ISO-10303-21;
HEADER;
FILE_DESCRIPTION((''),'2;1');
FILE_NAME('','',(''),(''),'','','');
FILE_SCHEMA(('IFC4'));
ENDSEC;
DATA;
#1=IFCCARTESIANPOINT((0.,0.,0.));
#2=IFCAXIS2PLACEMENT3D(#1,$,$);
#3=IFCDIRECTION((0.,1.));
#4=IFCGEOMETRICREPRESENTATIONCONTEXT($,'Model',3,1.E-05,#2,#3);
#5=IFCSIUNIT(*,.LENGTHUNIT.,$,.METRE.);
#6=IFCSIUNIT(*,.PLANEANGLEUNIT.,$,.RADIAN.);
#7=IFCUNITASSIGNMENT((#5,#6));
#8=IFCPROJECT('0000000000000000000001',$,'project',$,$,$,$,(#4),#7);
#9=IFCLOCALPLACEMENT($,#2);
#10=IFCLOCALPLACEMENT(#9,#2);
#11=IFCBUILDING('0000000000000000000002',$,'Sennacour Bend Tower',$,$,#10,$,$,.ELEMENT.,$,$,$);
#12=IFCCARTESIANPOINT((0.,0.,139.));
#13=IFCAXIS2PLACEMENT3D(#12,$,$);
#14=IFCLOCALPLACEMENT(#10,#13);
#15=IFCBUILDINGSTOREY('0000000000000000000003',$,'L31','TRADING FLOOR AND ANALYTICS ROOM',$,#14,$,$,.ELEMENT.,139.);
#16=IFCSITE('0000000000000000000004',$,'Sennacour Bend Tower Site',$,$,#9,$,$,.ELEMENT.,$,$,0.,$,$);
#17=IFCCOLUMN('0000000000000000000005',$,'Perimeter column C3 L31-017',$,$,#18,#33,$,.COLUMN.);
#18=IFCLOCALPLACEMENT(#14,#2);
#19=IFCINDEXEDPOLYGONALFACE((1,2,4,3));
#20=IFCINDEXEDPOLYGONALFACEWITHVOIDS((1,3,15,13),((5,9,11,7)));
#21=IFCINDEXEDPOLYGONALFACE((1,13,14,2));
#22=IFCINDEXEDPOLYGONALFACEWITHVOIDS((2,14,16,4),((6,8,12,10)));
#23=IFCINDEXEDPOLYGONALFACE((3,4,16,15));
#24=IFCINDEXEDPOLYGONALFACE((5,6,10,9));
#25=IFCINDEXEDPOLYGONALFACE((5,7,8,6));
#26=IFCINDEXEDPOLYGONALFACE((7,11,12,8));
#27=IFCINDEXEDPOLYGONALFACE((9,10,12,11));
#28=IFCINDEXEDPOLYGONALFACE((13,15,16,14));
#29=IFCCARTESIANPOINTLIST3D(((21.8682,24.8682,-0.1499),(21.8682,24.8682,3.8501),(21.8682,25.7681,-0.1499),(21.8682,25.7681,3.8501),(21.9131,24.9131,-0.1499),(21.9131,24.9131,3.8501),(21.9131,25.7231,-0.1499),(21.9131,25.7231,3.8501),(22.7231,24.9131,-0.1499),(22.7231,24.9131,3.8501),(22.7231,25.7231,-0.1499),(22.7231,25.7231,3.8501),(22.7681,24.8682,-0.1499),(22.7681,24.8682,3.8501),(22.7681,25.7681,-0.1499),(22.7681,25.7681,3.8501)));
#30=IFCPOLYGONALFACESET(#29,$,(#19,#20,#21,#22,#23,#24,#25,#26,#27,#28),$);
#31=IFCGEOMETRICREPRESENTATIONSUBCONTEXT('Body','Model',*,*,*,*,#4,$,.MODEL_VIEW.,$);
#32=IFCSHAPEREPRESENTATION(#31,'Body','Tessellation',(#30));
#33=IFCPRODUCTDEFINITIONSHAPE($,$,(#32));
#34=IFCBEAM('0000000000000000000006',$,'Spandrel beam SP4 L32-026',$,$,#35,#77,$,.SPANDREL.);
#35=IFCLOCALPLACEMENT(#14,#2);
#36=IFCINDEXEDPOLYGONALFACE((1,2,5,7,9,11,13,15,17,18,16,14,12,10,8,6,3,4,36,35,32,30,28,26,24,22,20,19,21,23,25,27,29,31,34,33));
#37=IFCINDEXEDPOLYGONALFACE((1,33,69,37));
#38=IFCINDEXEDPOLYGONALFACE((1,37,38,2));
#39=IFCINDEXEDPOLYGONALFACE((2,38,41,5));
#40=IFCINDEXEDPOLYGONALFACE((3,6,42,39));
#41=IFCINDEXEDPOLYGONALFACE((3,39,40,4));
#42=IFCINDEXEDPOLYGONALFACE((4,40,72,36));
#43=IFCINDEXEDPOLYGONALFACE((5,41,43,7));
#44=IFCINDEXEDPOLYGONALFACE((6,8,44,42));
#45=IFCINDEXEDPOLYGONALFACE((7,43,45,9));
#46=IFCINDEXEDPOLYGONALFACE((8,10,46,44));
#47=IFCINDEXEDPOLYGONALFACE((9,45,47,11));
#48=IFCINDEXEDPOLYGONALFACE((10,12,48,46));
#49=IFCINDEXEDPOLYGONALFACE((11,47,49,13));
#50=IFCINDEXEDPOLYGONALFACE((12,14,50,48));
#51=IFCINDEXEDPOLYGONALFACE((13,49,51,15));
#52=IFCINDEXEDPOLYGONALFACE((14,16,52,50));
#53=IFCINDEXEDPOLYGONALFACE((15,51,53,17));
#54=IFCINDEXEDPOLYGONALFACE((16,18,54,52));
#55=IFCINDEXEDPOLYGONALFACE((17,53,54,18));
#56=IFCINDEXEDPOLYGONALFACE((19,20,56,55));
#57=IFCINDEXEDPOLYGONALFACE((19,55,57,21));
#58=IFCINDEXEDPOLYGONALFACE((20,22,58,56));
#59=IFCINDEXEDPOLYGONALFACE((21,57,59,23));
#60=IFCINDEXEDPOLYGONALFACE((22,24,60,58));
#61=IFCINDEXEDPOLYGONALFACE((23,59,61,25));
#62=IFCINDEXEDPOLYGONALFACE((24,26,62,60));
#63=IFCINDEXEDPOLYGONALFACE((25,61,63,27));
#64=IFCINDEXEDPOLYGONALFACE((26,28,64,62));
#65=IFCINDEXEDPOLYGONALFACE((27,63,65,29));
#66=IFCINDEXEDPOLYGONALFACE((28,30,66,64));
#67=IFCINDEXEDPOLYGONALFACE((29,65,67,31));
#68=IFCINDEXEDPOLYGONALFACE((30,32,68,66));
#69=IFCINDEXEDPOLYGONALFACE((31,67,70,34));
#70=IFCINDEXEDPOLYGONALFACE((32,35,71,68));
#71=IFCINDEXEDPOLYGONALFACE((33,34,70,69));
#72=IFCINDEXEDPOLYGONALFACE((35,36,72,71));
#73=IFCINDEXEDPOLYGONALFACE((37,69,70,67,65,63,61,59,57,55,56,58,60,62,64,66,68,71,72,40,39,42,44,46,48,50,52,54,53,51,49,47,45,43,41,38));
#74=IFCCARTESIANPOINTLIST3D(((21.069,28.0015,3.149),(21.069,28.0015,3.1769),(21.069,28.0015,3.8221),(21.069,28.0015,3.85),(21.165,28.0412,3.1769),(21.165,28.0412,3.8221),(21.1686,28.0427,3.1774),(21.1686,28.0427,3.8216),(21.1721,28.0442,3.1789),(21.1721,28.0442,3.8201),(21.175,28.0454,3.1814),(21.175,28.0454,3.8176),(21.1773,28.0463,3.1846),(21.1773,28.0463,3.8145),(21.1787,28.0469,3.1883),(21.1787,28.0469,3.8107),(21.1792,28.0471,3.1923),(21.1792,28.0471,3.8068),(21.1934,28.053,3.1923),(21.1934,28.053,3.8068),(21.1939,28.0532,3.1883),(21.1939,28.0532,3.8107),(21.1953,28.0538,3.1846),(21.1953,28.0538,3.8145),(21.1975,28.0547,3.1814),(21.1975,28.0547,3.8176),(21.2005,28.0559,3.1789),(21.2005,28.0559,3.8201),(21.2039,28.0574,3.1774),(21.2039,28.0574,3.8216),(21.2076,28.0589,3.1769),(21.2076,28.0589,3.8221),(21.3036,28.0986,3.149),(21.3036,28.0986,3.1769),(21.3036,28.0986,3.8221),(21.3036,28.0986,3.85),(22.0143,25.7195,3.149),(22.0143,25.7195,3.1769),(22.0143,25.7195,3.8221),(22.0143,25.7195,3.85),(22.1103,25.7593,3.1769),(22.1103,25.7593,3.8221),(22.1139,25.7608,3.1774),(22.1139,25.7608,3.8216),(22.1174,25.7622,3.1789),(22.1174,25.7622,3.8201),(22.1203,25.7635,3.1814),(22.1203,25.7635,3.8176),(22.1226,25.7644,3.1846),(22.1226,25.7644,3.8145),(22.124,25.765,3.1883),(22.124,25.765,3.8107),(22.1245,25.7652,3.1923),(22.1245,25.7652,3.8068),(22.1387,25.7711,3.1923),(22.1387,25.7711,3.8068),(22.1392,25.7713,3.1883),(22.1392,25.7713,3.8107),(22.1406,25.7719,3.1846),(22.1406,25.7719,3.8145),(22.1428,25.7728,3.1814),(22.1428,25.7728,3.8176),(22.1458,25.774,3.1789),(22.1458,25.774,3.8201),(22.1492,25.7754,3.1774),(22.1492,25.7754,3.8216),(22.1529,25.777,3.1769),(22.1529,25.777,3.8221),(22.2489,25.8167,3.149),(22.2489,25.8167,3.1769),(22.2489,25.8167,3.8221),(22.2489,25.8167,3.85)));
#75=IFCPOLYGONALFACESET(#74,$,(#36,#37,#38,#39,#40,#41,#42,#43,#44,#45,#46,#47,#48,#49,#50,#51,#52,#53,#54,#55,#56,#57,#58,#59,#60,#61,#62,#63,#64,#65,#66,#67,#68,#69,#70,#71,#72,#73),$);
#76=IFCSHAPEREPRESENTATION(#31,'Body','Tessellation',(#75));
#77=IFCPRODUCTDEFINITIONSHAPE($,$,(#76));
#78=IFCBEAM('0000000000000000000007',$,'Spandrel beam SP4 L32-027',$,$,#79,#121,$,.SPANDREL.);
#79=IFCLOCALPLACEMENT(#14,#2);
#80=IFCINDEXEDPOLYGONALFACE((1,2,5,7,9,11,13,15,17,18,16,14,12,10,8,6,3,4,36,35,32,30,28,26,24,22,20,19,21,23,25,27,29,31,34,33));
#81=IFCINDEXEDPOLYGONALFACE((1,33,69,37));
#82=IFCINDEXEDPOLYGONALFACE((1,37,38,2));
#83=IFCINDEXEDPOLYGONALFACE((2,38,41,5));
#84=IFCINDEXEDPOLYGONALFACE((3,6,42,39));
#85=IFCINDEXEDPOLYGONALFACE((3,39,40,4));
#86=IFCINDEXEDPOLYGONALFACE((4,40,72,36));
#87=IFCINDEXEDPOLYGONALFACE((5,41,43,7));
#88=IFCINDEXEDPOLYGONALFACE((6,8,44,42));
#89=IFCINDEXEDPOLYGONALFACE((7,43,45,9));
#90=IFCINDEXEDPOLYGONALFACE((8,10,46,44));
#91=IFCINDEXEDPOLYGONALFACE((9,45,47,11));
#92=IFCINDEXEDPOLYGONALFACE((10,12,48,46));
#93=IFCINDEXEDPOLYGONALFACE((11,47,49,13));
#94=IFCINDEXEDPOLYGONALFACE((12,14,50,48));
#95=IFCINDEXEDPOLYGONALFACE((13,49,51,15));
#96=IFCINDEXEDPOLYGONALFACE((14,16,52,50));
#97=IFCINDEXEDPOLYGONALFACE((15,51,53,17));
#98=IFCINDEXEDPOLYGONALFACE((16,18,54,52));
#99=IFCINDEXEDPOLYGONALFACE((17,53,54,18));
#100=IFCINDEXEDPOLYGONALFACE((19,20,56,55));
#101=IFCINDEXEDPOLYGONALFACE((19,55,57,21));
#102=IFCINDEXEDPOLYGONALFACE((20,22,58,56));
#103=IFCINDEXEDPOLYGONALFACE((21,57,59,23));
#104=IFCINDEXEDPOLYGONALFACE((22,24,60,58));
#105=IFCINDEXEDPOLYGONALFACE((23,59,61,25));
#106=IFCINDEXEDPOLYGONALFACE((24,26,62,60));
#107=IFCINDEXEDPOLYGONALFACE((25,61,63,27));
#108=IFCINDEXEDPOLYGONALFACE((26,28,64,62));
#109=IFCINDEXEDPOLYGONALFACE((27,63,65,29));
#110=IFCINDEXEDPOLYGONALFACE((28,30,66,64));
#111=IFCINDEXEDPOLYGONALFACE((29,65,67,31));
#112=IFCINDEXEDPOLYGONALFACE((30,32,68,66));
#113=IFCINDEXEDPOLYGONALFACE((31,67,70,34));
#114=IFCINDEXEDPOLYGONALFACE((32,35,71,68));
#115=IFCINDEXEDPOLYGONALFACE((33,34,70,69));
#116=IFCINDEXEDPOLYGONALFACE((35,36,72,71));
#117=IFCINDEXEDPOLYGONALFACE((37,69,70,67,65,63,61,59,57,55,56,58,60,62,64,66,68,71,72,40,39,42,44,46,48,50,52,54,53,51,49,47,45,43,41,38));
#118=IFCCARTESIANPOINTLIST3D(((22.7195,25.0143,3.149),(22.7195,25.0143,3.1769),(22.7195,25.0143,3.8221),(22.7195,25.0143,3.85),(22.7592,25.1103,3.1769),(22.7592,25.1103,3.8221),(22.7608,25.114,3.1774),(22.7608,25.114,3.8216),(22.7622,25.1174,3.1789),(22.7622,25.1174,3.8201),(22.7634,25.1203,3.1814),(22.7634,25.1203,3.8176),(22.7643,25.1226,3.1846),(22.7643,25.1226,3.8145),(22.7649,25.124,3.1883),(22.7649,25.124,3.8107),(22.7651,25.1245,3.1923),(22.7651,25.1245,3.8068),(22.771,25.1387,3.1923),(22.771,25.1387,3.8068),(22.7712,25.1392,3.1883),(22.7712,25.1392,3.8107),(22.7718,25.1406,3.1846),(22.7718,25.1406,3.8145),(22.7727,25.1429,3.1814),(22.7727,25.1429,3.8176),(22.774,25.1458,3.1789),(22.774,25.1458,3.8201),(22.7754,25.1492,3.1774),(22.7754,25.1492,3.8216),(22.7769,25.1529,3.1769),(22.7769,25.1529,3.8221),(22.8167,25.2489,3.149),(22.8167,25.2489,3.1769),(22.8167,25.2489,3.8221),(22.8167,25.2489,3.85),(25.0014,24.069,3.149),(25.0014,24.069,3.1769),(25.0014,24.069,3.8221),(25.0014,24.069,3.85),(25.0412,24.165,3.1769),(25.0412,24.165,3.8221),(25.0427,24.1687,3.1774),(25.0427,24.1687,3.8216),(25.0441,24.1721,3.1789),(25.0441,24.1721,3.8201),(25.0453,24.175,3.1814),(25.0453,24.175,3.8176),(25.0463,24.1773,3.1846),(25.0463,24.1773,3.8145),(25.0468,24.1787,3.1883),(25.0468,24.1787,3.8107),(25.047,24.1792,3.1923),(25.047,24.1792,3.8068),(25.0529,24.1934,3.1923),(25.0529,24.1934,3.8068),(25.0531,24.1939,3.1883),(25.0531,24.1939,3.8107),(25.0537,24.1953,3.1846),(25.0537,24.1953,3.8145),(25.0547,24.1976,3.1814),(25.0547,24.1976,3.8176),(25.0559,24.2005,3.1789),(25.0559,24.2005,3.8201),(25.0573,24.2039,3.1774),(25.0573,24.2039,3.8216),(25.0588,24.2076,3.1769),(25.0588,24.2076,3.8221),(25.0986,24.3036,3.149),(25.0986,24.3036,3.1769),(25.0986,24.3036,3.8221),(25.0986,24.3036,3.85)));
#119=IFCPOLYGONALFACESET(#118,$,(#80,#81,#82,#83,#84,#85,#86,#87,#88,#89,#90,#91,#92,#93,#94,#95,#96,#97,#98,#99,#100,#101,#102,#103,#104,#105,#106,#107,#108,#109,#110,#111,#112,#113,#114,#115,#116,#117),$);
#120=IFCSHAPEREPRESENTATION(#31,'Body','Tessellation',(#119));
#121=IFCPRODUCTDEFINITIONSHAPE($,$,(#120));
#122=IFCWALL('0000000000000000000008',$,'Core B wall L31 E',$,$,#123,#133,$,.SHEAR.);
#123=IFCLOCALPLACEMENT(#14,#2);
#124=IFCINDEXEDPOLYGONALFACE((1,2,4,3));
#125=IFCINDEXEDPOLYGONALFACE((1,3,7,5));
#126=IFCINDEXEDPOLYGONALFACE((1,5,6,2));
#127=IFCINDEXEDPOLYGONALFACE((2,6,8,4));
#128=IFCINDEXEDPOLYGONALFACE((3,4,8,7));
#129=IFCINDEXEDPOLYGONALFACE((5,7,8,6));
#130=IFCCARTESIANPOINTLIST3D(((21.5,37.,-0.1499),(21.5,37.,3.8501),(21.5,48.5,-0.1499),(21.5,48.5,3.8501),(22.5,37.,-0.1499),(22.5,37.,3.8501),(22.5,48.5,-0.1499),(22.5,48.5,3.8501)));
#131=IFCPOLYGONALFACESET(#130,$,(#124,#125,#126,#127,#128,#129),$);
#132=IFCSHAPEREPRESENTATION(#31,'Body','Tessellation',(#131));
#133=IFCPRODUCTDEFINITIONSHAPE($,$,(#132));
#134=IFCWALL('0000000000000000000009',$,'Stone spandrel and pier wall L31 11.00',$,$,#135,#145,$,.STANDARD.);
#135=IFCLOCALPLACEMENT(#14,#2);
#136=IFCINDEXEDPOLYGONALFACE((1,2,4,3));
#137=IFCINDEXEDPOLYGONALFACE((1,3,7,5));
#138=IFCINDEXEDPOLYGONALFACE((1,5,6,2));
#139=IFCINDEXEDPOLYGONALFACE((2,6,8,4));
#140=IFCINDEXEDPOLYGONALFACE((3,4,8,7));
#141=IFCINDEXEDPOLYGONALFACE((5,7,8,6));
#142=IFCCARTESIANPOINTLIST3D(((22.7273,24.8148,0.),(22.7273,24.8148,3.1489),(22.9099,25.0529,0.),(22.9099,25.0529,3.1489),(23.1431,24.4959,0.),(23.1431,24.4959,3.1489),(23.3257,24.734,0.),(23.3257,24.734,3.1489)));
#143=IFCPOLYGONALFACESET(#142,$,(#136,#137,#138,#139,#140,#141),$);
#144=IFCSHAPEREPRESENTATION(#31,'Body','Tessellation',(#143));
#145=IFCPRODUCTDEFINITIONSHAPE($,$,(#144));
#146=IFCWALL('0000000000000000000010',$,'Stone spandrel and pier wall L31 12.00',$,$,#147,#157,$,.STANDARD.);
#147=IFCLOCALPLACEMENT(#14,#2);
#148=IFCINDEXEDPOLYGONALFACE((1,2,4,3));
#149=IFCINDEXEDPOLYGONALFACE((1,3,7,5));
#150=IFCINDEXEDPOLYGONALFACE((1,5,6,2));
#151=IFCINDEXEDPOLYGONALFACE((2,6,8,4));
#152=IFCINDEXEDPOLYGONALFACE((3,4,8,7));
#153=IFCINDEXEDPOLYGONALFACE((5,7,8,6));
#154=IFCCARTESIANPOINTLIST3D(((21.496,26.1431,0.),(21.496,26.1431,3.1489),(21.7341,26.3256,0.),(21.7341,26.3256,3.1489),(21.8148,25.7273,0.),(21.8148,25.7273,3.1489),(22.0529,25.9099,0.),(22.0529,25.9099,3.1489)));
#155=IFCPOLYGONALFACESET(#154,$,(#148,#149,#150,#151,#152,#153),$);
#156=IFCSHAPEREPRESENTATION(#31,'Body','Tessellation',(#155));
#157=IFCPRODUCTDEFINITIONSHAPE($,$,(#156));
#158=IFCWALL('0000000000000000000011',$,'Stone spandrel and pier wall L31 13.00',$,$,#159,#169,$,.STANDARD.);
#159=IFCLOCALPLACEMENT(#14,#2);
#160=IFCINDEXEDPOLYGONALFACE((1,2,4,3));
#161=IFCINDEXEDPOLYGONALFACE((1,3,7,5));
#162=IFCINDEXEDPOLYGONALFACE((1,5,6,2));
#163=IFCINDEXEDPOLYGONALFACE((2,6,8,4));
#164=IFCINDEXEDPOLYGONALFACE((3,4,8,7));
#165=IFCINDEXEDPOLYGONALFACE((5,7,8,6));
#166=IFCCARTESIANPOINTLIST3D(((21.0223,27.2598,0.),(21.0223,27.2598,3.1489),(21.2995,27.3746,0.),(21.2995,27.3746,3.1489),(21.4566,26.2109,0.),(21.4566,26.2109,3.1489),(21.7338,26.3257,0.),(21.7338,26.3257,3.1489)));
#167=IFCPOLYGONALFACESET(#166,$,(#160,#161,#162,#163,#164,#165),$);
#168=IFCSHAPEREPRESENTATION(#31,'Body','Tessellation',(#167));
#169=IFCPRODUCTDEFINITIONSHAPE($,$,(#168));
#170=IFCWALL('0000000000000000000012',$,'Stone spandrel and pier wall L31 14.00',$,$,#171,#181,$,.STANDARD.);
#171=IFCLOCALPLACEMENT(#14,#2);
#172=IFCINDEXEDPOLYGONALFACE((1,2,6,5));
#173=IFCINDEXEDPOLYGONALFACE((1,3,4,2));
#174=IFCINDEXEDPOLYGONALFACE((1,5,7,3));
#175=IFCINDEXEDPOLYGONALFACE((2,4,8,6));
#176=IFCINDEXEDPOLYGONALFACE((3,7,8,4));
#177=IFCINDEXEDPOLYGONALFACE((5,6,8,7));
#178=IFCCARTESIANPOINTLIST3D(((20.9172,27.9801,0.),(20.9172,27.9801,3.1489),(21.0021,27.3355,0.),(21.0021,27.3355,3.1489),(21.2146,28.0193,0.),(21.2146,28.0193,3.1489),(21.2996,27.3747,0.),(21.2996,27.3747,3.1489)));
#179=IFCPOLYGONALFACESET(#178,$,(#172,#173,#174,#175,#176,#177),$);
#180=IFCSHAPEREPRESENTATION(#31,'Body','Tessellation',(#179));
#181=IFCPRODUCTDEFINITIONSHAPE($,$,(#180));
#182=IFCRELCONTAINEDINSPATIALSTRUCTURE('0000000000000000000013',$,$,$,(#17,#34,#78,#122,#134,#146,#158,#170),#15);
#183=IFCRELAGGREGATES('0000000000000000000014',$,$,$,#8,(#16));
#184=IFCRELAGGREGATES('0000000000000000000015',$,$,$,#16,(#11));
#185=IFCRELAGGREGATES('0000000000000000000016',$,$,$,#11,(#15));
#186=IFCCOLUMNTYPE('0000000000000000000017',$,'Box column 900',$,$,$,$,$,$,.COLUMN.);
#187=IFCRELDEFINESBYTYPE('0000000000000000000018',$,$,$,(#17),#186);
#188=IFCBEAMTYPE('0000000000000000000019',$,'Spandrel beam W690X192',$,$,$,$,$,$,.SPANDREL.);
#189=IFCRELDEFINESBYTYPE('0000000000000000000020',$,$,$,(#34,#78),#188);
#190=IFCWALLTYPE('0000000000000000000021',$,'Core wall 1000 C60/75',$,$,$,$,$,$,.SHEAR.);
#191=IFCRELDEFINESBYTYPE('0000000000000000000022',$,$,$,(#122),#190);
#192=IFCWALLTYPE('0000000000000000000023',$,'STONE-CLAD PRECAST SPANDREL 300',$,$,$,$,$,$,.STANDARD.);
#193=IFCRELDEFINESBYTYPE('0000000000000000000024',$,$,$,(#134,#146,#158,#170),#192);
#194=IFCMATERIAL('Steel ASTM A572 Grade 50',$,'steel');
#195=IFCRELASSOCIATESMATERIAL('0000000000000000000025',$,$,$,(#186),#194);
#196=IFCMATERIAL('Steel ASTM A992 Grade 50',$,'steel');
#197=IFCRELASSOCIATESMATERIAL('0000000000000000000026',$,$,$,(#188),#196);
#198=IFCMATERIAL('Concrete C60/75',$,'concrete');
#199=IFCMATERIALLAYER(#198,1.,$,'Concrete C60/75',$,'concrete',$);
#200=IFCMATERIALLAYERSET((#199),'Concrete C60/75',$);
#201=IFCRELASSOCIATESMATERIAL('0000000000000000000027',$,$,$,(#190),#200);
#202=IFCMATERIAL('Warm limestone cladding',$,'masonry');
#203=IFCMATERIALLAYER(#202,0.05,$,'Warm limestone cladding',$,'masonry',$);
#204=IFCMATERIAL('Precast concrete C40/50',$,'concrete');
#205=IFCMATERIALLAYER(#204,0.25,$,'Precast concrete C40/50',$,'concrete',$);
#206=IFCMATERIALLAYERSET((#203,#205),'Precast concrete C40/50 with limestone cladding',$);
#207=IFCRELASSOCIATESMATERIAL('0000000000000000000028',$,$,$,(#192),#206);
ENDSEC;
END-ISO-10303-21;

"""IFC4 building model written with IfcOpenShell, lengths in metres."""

from ifc_helpers import new_model, si_unit, direction, frame, frame_2d, origin, origin_2d, place, context, subcontext, project, spatial, rectangle, hollow_rectangle, i_section, extrude, material, layer, layer_set, material_profile, profile_set, type_object, element, save


model = new_model("IFC4")

# Units and contexts
model_context = context("Model", 3, precision=1e-05, world=origin(), true_north=direction((0.0, 1.0)))
body_context = subcontext(model_context, "Body", "Model", "MODEL_VIEW")
ifc_project = project(units=[si_unit("LENGTHUNIT", "METRE"), si_unit("PLANEANGLEUNIT", "RADIAN")], contexts=[model_context])

# Site, building, storey
site_placement = place(None, origin())
site = spatial("IfcSite", under=ifc_project, at=site_placement, Name="Sennacour Bend Tower Site", CompositionType="ELEMENT", RefElevation=0.0)
building_placement = place(site_placement, origin())
building = spatial("IfcBuilding", under=site, at=building_placement, Name="Sennacour Bend Tower", CompositionType="ELEMENT")
storey_placement = place(building_placement, frame((0.0, 0.0, 139.0)))
storey = spatial("IfcBuildingStorey", under=building, at=storey_placement, Name="L31", Description="TRADING FLOOR AND ANALYTICS ROOM", CompositionType="ELEMENT", Elevation=139.0)

# Column
ifc_material_1 = material(Name="Steel ASTM A572 Grade 50", Category="steel")
ifc_material_profile_1 = material_profile(ifc_material_1, hollow_rectangle(XDim=0.8999, YDim=0.8999, WallThickness=0.0449, at=origin_2d()), Name="Steel ASTM A572 Grade 50", Category="steel")
ifc_profile_set_1 = profile_set([ifc_material_profile_1], Name="Steel ASTM A572 Grade 50")
column_type = type_object("IfcColumnType", Name="Box column 900", PredefinedType="COLUMN", material=ifc_profile_set_1)
column_placement = place(storey_placement, frame((22.3181, 25.3181, -0.1499), z_axis=(0.0, 0.0, 1.0), x_axis=(1.0, 0.0, 0.0)))
element("IfcColumn", 1, at=column_placement, inside=storey, type_object=column_type, Name="Perimeter column C3 L31-017", PredefinedType="COLUMN", context=body_context, shape_type="SweptSolid", body=[
    extrude(hollow_rectangle(XDim=0.8999, YDim=0.8999, WallThickness=0.0449, at=origin_2d()), origin(), (0.0, 0.0, 1.0), 4.0),
])

# Beams
ifc_material_2 = material(Name="Steel ASTM A992 Grade 50", Category="steel")
ifc_material_profile_2 = material_profile(ifc_material_2, i_section(OverallWidth=0.2539, OverallDepth=0.7009, WebThickness=0.0154, FlangeThickness=0.0278, FilletRadius=0.0154, at=origin_2d()), Name="Steel ASTM A992 Grade 50", Category="steel")
ifc_profile_set_2 = profile_set([ifc_material_profile_2], Name="Steel ASTM A992 Grade 50")
beam_type = type_object("IfcBeamType", Name="Spandrel beam W690X192", PredefinedType="SPANDREL", material=ifc_profile_set_2)
for number, where, z_axis, x_axis, name in (
    (2, (21.1863, 28.05, 3.4995), (0.382713, -0.923867, 0.0), (0.923867, 0.382713, 0.0), "Spandrel beam SP4 L32-026"),
    (3, (22.7681, 25.1316, 3.4995), (0.923867, -0.382713, 0.0), (0.382713, 0.923867, 0.0), "Spandrel beam SP4 L32-027"),
):
    element("IfcBeam", number, at=place(storey_placement, frame(where, z_axis=z_axis, x_axis=x_axis)), inside=storey, type_object=beam_type, Name=name, PredefinedType="SPANDREL", context=body_context, shape_type="SweptSolid", body=[
        extrude(i_section(OverallWidth=0.2539, OverallDepth=0.7009, WebThickness=0.0154, FlangeThickness=0.0278, FilletRadius=0.0154, at=origin_2d()), origin(), (0.0, 0.0, 1.0), 2.47),
    ])

# Walls
ifc_material_3 = material(Name="Concrete C60/75", Category="concrete")
ifc_layer_1 = layer(ifc_material_3, 1.0, Name="Concrete C60/75", Category="concrete")
ifc_layer_set_1 = layer_set([ifc_layer_1], Name="Concrete C60/75")
wall_type_1 = type_object("IfcWallType", Name="Core wall 1000 C60/75", PredefinedType="SHEAR", material=ifc_layer_set_1)
wall_1_placement = place(storey_placement, frame((22.0, 37.0, -0.1499), z_axis=(0.0, 0.0, 1.0), x_axis=(0.0, 1.0, 0.0)))
element("IfcWall", 4, at=wall_1_placement, inside=storey, type_object=wall_type_1, Name="Core B wall L31 E", PredefinedType="SHEAR", context=body_context, shape_type="SweptSolid", body=[
    extrude(rectangle(XDim=11.5, YDim=1.0, at=frame_2d((5.75, 0.0))), origin(), (0.0, 0.0, 1.0), 4.0),
])
ifc_material_4 = material(Name="Warm limestone cladding", Category="masonry")
ifc_layer_2 = layer(ifc_material_4, 0.05, Name="Warm limestone cladding", Category="masonry")
ifc_material_5 = material(Name="Precast concrete C40/50", Category="concrete")
ifc_layer_3 = layer(ifc_material_5, 0.25, Name="Precast concrete C40/50", Category="concrete")
ifc_layer_set_2 = layer_set([ifc_layer_2, ifc_layer_3], Name="Precast concrete C40/50 with limestone cladding")
wall_type_2 = type_object("IfcWallType", Name="STONE-CLAD PRECAST SPANDREL 300", PredefinedType="STANDARD", material=ifc_layer_set_2)
for number, where, z_axis, x_axis, name in (
    (5, (23.2344, 24.615, 0.0), (0.0, 0.0, 1.0), (-0.793524, 0.608539, 0.0), "Stone spandrel and pier wall L31 11.00"),
    (6, (21.9338, 25.8186, 0.0), (0.0, 0.0, 1.0), (-0.608539, 0.793524, 0.0), "Stone spandrel and pier wall L31 12.00"),
):
    element("IfcWall", number, at=place(storey_placement, frame(where, z_axis=z_axis, x_axis=x_axis)), inside=storey, type_object=wall_type_2, Name=name, PredefinedType="STANDARD", context=body_context, shape_type="SweptSolid", body=[
        extrude(rectangle(XDim=0.5239, YDim=0.3, at=frame_2d((0.262, 0.0))), origin(), (0.0, 0.0, 1.0), 3.1489),
    ])
wall_2_placement = place(storey_placement, frame((21.5952, 26.2683, 0.0), z_axis=(0.0, 0.0, 1.0), x_axis=(-0.382599, 0.923915, 0.0)))
element("IfcWall", 7, at=wall_2_placement, inside=storey, type_object=wall_type_2, Name="Stone spandrel and pier wall L31 13.00", PredefinedType="STANDARD", context=body_context, shape_type="SweptSolid", body=[
    extrude(rectangle(XDim=1.1353, YDim=0.3, at=frame_2d((0.5676, 0.0))), origin(), (0.0, 0.0, 1.0), 3.1489),
])
wall_3_placement = place(storey_placement, frame((21.1509, 27.355, 0.0), z_axis=(0.0, 0.0, 1.0), x_axis=(-0.130688, 0.991424, 0.0)))
element("IfcWall", 8, at=wall_3_placement, inside=storey, type_object=wall_type_2, Name="Stone spandrel and pier wall L31 14.00", PredefinedType="STANDARD", context=body_context, shape_type="SweptSolid", body=[
    extrude(rectangle(XDim=0.6501, YDim=0.3, at=frame_2d((0.3252, 0.0))), origin(), (0.0, 0.0, 1.0), 3.1489),
])

save(model, "model.ifc")
